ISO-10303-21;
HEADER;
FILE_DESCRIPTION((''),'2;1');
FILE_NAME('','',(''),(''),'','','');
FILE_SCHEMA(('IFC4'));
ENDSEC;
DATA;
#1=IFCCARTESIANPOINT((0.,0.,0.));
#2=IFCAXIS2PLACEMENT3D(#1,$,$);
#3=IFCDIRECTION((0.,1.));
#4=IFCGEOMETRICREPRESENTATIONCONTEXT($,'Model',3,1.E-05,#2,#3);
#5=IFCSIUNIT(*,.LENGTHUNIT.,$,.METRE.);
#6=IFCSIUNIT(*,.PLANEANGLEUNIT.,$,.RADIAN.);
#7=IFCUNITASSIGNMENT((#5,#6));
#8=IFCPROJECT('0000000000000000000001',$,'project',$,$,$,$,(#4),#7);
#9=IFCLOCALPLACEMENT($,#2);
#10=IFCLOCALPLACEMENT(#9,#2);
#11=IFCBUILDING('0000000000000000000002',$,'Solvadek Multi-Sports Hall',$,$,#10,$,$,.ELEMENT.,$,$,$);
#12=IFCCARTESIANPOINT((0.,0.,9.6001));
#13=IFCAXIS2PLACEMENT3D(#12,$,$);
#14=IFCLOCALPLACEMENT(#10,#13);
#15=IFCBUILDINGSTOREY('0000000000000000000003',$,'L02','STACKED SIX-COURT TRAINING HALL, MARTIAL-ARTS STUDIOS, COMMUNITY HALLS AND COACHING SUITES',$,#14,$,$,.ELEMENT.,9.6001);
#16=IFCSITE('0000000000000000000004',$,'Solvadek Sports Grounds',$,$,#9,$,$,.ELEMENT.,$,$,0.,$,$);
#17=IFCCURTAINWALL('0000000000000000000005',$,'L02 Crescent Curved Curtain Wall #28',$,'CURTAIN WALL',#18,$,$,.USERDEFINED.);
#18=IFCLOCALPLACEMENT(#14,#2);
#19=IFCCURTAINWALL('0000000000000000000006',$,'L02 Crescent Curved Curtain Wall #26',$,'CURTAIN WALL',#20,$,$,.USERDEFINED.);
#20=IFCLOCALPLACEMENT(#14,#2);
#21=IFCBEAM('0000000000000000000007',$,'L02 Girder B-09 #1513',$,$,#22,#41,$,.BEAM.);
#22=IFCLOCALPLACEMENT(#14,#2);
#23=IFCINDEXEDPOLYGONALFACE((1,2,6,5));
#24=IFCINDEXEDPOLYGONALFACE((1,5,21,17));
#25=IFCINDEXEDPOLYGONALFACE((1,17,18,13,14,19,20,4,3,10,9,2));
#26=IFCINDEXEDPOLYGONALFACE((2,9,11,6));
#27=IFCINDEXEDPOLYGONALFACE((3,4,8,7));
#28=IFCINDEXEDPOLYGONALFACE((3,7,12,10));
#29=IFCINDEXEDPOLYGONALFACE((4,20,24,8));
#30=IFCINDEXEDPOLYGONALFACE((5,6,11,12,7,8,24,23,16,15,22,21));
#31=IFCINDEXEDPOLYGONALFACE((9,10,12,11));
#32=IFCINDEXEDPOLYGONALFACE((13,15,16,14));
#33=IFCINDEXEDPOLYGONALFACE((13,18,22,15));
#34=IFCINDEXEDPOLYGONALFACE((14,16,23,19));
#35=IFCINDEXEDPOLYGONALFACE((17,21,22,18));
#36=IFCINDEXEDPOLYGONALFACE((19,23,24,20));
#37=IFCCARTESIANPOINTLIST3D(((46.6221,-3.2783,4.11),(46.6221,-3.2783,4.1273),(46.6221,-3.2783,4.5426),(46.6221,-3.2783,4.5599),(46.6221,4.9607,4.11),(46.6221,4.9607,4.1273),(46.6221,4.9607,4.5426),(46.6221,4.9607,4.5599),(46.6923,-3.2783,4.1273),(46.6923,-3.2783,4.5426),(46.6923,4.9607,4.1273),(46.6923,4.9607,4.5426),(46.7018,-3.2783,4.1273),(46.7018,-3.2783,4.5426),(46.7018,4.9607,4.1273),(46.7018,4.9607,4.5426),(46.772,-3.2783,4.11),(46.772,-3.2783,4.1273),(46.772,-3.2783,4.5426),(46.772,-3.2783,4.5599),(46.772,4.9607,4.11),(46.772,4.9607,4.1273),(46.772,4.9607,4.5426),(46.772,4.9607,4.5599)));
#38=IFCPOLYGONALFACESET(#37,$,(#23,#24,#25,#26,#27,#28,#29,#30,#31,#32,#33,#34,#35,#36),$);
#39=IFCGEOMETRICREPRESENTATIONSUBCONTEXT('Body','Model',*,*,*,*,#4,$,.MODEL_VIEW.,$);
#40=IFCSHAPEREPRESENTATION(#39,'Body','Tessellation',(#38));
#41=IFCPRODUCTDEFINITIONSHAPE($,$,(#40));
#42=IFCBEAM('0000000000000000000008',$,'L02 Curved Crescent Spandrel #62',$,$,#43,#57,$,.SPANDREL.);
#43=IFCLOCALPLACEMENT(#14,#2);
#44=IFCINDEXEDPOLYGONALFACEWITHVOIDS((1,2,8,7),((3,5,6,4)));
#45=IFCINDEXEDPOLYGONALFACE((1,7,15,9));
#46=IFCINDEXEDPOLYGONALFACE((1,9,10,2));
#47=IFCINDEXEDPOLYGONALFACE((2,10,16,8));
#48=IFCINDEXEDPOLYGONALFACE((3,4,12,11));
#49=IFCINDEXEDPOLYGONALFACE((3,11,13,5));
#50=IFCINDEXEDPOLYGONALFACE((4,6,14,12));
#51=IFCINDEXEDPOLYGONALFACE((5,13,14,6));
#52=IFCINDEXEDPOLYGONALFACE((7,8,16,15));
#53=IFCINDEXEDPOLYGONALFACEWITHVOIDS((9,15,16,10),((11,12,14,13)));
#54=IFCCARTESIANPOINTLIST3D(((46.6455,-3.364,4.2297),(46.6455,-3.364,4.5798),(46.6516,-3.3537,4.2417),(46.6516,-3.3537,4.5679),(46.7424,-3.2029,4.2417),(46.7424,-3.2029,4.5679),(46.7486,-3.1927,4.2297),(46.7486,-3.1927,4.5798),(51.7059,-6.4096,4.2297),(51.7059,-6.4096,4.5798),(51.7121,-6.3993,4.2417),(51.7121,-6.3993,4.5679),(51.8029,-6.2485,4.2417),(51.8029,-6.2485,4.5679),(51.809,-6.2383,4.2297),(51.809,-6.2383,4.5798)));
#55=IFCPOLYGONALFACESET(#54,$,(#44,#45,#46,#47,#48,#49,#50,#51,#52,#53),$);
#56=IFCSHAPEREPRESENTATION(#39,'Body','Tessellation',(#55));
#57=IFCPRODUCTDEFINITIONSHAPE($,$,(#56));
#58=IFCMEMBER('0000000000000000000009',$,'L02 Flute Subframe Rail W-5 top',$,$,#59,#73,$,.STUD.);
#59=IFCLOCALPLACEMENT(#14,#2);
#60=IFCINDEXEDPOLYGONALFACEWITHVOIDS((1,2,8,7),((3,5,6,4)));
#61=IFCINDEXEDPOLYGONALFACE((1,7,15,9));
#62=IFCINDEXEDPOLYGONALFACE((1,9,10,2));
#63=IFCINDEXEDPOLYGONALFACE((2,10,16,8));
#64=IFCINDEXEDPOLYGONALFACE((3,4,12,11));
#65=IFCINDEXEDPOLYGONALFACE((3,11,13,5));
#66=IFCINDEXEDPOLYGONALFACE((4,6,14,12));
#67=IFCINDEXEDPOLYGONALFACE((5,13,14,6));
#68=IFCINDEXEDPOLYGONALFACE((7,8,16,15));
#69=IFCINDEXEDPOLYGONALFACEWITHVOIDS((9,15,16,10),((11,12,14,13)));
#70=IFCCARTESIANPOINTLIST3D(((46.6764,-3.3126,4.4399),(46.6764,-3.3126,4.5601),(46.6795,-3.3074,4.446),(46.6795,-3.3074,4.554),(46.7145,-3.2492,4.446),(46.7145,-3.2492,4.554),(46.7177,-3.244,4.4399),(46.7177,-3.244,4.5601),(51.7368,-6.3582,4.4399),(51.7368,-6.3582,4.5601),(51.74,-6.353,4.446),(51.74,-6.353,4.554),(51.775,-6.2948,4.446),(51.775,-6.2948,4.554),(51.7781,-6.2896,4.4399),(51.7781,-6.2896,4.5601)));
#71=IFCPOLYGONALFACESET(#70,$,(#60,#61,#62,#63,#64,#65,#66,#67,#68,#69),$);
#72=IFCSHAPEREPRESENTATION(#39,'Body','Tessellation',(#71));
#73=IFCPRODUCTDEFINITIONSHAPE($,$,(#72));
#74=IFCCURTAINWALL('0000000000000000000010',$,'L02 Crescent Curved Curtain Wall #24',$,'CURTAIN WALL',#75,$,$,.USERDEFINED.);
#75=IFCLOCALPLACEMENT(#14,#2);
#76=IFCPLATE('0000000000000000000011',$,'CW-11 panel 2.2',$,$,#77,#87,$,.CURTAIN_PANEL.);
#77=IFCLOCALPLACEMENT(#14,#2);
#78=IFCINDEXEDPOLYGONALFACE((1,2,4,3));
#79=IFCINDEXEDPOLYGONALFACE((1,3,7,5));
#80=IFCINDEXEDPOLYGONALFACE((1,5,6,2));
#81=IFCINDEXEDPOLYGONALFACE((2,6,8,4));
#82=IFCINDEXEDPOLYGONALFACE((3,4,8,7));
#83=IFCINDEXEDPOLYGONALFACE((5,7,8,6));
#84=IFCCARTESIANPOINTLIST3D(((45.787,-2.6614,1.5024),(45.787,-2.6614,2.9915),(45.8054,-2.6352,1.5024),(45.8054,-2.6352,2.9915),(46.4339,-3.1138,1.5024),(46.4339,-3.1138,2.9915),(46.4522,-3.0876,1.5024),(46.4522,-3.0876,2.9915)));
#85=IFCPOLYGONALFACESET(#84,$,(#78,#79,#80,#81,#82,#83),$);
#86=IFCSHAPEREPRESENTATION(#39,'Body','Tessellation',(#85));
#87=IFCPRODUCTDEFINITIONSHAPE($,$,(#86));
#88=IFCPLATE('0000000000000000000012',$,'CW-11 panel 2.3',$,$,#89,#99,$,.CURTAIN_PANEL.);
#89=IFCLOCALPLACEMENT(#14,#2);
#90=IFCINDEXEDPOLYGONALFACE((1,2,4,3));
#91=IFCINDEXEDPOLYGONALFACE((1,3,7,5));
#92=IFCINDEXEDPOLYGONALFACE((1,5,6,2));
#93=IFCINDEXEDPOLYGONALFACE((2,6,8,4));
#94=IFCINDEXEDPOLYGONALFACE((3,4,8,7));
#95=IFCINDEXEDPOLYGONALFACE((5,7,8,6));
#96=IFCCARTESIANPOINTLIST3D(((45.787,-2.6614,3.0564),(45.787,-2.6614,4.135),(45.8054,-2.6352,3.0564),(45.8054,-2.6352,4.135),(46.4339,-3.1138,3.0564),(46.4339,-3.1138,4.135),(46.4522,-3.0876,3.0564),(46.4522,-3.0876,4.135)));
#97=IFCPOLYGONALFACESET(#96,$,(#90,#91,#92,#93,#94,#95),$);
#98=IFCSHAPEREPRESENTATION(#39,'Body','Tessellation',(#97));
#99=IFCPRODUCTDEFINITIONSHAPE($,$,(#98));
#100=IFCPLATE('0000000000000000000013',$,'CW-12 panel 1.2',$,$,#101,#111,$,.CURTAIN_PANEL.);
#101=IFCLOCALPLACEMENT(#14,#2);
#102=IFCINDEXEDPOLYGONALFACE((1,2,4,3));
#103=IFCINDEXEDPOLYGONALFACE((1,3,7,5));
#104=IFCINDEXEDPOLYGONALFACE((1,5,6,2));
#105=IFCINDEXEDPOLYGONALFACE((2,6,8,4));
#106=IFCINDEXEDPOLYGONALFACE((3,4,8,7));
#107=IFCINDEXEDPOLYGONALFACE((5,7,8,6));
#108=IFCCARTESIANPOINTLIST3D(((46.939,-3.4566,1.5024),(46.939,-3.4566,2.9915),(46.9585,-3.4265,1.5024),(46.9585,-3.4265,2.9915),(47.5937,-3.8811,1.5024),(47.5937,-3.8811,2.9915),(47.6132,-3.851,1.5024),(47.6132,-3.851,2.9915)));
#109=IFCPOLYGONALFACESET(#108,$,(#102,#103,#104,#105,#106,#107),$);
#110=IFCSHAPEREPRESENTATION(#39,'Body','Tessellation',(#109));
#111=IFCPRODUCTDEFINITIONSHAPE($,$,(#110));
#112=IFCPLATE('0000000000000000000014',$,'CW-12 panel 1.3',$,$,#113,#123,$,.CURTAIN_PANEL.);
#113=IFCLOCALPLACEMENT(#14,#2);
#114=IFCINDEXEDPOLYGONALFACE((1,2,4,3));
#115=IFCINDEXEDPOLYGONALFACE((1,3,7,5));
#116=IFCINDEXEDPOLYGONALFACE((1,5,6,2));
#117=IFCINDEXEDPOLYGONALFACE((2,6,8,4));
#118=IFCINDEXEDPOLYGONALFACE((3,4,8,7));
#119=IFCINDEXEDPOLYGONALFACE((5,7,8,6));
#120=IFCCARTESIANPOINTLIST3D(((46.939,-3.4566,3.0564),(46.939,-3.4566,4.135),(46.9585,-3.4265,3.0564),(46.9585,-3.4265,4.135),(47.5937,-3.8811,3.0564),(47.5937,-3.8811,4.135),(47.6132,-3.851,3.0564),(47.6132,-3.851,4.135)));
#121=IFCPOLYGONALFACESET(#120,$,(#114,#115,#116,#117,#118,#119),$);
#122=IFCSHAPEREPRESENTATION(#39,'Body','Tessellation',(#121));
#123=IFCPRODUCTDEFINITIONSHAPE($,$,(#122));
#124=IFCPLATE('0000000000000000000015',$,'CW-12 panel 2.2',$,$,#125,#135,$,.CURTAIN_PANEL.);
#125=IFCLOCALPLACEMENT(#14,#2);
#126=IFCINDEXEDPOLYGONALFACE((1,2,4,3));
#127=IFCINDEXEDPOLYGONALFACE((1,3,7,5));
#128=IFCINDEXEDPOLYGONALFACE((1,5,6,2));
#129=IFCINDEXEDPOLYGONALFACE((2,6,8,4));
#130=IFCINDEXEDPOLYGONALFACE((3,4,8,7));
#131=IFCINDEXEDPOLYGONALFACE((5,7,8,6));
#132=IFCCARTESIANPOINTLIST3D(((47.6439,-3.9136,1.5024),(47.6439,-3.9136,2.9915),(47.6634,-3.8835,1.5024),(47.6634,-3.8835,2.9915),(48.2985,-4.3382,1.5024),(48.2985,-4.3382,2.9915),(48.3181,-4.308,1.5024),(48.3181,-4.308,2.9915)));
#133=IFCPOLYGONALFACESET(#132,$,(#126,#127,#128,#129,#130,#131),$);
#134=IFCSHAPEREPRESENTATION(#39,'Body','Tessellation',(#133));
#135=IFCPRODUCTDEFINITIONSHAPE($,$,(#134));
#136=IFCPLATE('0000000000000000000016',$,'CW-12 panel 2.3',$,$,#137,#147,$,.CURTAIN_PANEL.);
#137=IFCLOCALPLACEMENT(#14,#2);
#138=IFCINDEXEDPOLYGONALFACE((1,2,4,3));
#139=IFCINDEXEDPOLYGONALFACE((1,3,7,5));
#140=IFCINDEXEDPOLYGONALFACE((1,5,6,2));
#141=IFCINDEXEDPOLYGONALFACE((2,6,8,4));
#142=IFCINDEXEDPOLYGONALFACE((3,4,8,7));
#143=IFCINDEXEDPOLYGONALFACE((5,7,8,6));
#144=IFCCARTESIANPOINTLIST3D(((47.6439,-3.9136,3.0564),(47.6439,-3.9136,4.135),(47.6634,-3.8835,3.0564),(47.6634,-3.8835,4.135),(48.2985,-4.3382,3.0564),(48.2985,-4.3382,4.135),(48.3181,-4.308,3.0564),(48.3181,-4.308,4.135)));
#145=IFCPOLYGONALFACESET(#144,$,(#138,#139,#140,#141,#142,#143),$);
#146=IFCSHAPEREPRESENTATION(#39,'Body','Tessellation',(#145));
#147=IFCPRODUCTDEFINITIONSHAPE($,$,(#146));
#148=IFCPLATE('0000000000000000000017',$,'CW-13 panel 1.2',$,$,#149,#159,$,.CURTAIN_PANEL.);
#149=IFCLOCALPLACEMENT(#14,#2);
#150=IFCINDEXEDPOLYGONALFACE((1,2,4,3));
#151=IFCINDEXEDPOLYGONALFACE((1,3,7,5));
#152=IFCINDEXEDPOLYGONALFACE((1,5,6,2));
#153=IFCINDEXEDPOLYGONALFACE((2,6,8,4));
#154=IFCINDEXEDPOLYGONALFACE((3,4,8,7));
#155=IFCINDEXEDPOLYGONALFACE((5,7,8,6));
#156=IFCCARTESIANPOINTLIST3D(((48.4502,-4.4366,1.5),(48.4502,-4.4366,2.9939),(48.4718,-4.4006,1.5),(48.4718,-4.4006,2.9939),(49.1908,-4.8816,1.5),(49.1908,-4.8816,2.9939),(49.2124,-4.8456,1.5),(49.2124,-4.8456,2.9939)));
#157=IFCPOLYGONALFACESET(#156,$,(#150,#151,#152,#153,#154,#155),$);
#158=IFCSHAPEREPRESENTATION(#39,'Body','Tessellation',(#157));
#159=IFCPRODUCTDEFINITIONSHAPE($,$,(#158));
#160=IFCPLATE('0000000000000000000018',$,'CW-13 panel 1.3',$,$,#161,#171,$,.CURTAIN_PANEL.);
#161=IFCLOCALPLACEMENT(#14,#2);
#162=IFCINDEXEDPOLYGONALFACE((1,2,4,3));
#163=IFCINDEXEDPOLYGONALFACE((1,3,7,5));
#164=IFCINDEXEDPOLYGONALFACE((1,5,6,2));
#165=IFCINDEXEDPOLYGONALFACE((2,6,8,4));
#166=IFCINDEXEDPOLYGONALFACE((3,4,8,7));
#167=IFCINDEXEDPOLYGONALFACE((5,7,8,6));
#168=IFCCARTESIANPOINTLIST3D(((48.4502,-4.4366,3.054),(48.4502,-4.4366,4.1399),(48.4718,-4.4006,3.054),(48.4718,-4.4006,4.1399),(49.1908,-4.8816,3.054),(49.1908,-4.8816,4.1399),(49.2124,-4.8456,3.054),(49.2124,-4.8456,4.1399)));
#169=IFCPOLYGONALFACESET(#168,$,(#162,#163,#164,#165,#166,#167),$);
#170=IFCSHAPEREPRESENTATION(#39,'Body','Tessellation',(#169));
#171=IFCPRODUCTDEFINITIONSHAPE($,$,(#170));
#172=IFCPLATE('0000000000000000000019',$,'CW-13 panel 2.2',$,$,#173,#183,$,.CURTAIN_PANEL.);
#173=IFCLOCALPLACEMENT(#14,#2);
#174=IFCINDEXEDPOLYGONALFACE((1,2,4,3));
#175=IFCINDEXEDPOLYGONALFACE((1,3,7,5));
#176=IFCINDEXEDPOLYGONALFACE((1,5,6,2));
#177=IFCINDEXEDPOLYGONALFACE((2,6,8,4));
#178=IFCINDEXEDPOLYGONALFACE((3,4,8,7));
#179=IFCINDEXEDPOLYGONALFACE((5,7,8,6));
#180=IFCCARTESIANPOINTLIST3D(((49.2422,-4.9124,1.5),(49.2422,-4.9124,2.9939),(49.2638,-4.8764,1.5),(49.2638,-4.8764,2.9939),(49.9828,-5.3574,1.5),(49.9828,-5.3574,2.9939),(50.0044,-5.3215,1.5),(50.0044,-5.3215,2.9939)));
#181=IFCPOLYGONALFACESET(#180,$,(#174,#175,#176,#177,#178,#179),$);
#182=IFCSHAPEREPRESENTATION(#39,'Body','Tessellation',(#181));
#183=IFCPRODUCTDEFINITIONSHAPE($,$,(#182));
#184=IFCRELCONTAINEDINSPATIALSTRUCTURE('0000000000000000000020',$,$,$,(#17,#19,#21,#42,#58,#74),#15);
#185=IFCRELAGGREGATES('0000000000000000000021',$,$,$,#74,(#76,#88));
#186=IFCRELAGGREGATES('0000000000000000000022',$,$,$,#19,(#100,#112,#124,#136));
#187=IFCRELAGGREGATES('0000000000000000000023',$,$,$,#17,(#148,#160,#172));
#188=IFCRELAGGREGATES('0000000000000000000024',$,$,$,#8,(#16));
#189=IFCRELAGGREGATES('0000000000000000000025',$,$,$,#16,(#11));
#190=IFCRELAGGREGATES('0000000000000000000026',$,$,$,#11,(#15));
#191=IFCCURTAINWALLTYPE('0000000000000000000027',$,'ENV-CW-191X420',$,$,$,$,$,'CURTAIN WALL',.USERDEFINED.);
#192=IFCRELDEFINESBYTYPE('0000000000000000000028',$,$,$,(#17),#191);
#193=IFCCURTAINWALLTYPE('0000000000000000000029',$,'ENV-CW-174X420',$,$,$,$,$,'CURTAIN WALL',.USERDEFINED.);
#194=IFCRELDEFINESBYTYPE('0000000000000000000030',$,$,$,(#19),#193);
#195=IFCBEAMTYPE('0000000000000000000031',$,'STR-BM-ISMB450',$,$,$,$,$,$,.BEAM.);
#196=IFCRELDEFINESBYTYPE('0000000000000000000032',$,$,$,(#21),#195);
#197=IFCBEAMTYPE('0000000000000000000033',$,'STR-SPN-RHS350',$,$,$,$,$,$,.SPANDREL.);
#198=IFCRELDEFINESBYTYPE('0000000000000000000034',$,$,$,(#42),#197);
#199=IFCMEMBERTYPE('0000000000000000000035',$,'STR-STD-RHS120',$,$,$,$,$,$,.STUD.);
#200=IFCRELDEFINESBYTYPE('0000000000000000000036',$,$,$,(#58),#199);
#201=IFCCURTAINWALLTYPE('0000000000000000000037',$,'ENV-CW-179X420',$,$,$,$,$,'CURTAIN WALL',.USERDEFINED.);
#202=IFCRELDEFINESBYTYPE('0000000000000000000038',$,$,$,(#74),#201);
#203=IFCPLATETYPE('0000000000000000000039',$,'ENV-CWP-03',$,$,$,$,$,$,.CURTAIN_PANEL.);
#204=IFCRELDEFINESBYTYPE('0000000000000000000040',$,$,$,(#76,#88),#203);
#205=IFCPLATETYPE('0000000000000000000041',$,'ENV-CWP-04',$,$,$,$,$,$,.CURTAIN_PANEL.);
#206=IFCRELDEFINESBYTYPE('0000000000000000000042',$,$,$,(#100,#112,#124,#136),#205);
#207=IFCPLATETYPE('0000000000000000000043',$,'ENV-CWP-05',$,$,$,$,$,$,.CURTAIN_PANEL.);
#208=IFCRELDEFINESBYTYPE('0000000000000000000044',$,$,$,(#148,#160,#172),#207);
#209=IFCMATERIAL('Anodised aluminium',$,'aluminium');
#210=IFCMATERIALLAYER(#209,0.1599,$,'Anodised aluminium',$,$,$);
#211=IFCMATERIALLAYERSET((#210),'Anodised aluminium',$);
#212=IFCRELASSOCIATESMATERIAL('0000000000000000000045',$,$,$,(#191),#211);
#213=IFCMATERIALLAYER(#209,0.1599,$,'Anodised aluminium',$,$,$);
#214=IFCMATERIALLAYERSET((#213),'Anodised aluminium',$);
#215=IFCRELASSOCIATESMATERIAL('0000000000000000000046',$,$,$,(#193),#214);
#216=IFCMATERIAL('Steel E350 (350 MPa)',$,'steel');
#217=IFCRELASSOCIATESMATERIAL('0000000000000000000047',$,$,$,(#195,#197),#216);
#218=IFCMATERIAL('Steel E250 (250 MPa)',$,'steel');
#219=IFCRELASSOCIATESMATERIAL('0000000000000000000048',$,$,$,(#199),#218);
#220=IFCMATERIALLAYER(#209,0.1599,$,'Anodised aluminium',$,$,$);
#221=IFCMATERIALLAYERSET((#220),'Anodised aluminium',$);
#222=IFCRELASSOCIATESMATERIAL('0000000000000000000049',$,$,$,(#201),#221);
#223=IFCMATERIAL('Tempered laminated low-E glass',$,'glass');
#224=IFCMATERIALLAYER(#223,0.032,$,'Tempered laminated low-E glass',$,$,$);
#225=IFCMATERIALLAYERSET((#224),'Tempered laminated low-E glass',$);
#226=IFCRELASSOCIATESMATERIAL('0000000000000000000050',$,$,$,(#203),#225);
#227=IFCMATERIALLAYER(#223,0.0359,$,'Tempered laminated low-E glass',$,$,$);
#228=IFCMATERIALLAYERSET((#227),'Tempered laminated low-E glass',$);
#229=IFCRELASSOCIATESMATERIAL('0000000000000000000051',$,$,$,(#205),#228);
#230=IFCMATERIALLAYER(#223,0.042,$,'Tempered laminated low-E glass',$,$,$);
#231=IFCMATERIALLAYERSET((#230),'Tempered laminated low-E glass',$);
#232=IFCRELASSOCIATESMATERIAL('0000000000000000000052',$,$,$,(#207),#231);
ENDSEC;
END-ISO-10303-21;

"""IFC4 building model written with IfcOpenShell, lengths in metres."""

from ifc_helpers import new_model, si_unit, direction, frame, origin, origin_2d, place, context, subcontext, project, spatial, rectangle, hollow_rectangle, i_section, extrude, material, layer, layer_set, material_profile, profile_set, type_object, element, aggregate, save


model = new_model("IFC4")

# Units and contexts
model_context = context("Model", 3, precision=1e-05, world=origin(), true_north=direction((0.0, 1.0)))
body_context = subcontext(model_context, "Body", "Model", "MODEL_VIEW")
ifc_project = project(units=[si_unit("LENGTHUNIT", "METRE"), si_unit("PLANEANGLEUNIT", "RADIAN")], contexts=[model_context])

# Site, building, storey
site_placement = place(None, origin())
site = spatial("IfcSite", under=ifc_project, at=site_placement, Name="Solvadek Sports Grounds", CompositionType="ELEMENT", RefElevation=0.0)
building_placement = place(site_placement, origin())
building = spatial("IfcBuilding", under=site, at=building_placement, Name="Solvadek Multi-Sports Hall", CompositionType="ELEMENT")
storey_placement = place(building_placement, frame((0.0, 0.0, 9.6001)))
storey = spatial("IfcBuildingStorey", under=building, at=storey_placement, Name="L02", Description="STACKED SIX-COURT TRAINING HALL, MARTIAL-ARTS STUDIOS, COMMUNITY HALLS AND COACHING SUITES", CompositionType="ELEMENT", Elevation=9.6001)

# Curtain walls
ifc_material_1 = material(Name="Anodised aluminium", Category="aluminium")
ifc_layer_1 = layer(ifc_material_1, 0.1599, Name="Anodised aluminium")
ifc_layer_set_1 = layer_set([ifc_layer_1], Name="Anodised aluminium")
curtain_wall_type_1 = type_object("IfcCurtainWallType", Name="ENV-CW-191X420", ElementType="CURTAIN WALL", PredefinedType="USERDEFINED", material=ifc_layer_set_1)
curtain_wall_1_placement = place(storey_placement, origin())
curtain_wall_1 = element("IfcCurtainWall", 1, at=curtain_wall_1_placement, inside=storey, type_object=curtain_wall_type_1, Name="L02 Crescent Curved Curtain Wall #28", ObjectType="CURTAIN WALL", PredefinedType="USERDEFINED")
ifc_layer_2 = layer(ifc_material_1, 0.1599, Name="Anodised aluminium")
ifc_layer_set_2 = layer_set([ifc_layer_2], Name="Anodised aluminium")
curtain_wall_type_2 = type_object("IfcCurtainWallType", Name="ENV-CW-174X420", ElementType="CURTAIN WALL", PredefinedType="USERDEFINED", material=ifc_layer_set_2)
curtain_wall_2_placement = place(storey_placement, origin())
curtain_wall_2 = element("IfcCurtainWall", 2, at=curtain_wall_2_placement, inside=storey, type_object=curtain_wall_type_2, Name="L02 Crescent Curved Curtain Wall #26", ObjectType="CURTAIN WALL", PredefinedType="USERDEFINED")

# Beams
ifc_material_2 = material(Name="Steel E350 (350 MPa)", Category="steel")
ifc_material_profile_1 = material_profile(ifc_material_2, i_section(OverallWidth=0.1499, OverallDepth=0.45, WebThickness=0.0095, FlangeThickness=0.0173, at=origin_2d()), Name="ISMB 450")
ifc_profile_set_1 = profile_set([ifc_material_profile_1], Name="Steel E350 (350 MPa)")
beam_type_1 = type_object("IfcBeamType", Name="STR-BM-ISMB450", PredefinedType="BEAM", material=ifc_profile_set_1)
beam_1_placement = place(storey_placement, frame((46.697, -3.2783, 4.335), z_axis=(0.0, 1.0, 0.0), x_axis=(-1.0, 0.0, 0.0)))
element("IfcBeam", 3, at=beam_1_placement, inside=storey, type_object=beam_type_1, Name="L02 Girder B-09 #1513", PredefinedType="BEAM", context=body_context, shape_type="SweptSolid", body=[
    extrude(i_section(OverallWidth=0.1499, OverallDepth=0.45, WebThickness=0.0095, FlangeThickness=0.0173, at=origin_2d()), origin(), (0.0, 0.0, 1.0), 8.239),
])
ifc_material_profile_2 = material_profile(ifc_material_2, hollow_rectangle(XDim=0.2, YDim=0.3501, WallThickness=0.012, at=origin_2d()), Name="RHS 350x200x12")
ifc_profile_set_2 = profile_set([ifc_material_profile_2], Name="Steel E350 (350 MPa)")
beam_type_2 = type_object("IfcBeamType", Name="STR-SPN-RHS350", PredefinedType="SPANDREL", material=ifc_profile_set_2)
beam_2_placement = place(storey_placement, frame((46.697, -3.2783, 4.4048), z_axis=(0.856796, -0.515656, 0.0), x_axis=(0.515656, 0.856796, 0.0)))
element("IfcBeam", 4, at=beam_2_placement, inside=storey, type_object=beam_type_2, Name="L02 Curved Crescent Spandrel #62", PredefinedType="SPANDREL", context=body_context, shape_type="SweptSolid", body=[
    extrude(hollow_rectangle(XDim=0.2, YDim=0.3501, WallThickness=0.012, at=origin_2d()), origin(), (0.0, 0.0, 1.0), 5.9062),
])

# Member
ifc_material_3 = material(Name="Steel E250 (250 MPa)", Category="steel")
ifc_material_profile_3 = material_profile(ifc_material_3, hollow_rectangle(XDim=0.0801, YDim=0.1201, WallThickness=0.0061, at=origin_2d()), Name="RHS 120x80x6")
ifc_profile_set_3 = profile_set([ifc_material_profile_3], Name="Steel E250 (250 MPa)")
member_type_1 = type_object("IfcMemberType", Name="STR-STD-RHS120", PredefinedType="STUD", material=ifc_profile_set_3)
member_1_placement = place(storey_placement, frame((46.697, -3.2783, 4.5), z_axis=(0.856796, -0.515656, 0.0), x_axis=(0.515656, 0.856796, 0.0)))
element("IfcMember", 5, at=member_1_placement, inside=storey, type_object=member_type_1, Name="L02 Flute Subframe Rail W-5 top", PredefinedType="STUD", context=body_context, shape_type="SweptSolid", body=[
    extrude(hollow_rectangle(XDim=0.0801, YDim=0.1201, WallThickness=0.0061, at=origin_2d()), origin(), (0.0, 0.0, 1.0), 5.9062),
])

# Curtain wall, plates
ifc_layer_3 = layer(ifc_material_1, 0.1599, Name="Anodised aluminium")
ifc_layer_set_3 = layer_set([ifc_layer_3], Name="Anodised aluminium")
curtain_wall_type_3 = type_object("IfcCurtainWallType", Name="ENV-CW-179X420", ElementType="CURTAIN WALL", PredefinedType="USERDEFINED", material=ifc_layer_set_3)
curtain_wall_3_placement = place(storey_placement, origin())
curtain_wall_3 = element("IfcCurtainWall", 6, at=curtain_wall_3_placement, inside=storey, type_object=curtain_wall_type_3, Name="L02 Crescent Curved Curtain Wall #24", ObjectType="CURTAIN WALL", PredefinedType="USERDEFINED")
ifc_material_4 = material(Name="Tempered laminated low-E glass", Category="glass")
ifc_layer_4 = layer(ifc_material_4, 0.032, Name="Tempered laminated low-E glass")
ifc_layer_set_4 = layer_set([ifc_layer_4], Name="Tempered laminated low-E glass")
plate_type_1 = type_object("IfcPlateType", Name="ENV-CWP-03", PredefinedType="CURTAIN_PANEL", material=ifc_layer_set_4)
plate_1_placement = place(storey_placement, frame((46.1196, -2.8745, 1.5024), z_axis=(0.0, 0.0, 1.0), x_axis=(0.8195, -0.57308, 0.0)))
plate_1 = element("IfcPlate", 7, at=plate_1_placement, type_object=plate_type_1, Name="CW-11 panel 2.2", PredefinedType="CURTAIN_PANEL", context=body_context, shape_type="SweptSolid", body=[
    extrude(rectangle(XDim=0.7893, YDim=0.032, at=origin_2d()), origin(), (0.0, 0.0, 1.0), 1.489),
])
plate_2_placement = place(storey_placement, frame((46.1196, -2.8745, 3.0564), z_axis=(0.0, 0.0, 1.0), x_axis=(0.8195, -0.57308, 0.0)))
plate_2 = element("IfcPlate", 8, at=plate_2_placement, type_object=plate_type_1, Name="CW-11 panel 2.3", PredefinedType="CURTAIN_PANEL", context=body_context, shape_type="SweptSolid", body=[
    extrude(rectangle(XDim=0.7893, YDim=0.032, at=origin_2d()), origin(), (0.0, 0.0, 1.0), 1.0786),
])
aggregate(curtain_wall_3, [plate_1, plate_2])

# Plates
ifc_layer_5 = layer(ifc_material_4, 0.0359, Name="Tempered laminated low-E glass")
ifc_layer_set_5 = layer_set([ifc_layer_5], Name="Tempered laminated low-E glass")
plate_type_2 = type_object("IfcPlateType", Name="ENV-CWP-04", PredefinedType="CURTAIN_PANEL", material=ifc_layer_set_5)
plate_3_placement = place(storey_placement, frame((47.2761, -3.6538, 1.5024), z_axis=(0.0, 0.0, 1.0), x_axis=(0.839046, -0.544061, 0.0)))
plate_3 = element("IfcPlate", 9, at=plate_3_placement, type_object=plate_type_2, Name="CW-12 panel 1.2", PredefinedType="CURTAIN_PANEL", context=body_context, shape_type="SweptSolid", body=[
    extrude(rectangle(XDim=0.7803, YDim=0.0359, at=origin_2d()), origin(), (0.0, 0.0, 1.0), 1.489),
])
plate_4_placement = place(storey_placement, frame((47.2761, -3.6538, 3.0564), z_axis=(0.0, 0.0, 1.0), x_axis=(0.839046, -0.544061, 0.0)))
plate_4 = element("IfcPlate", 10, at=plate_4_placement, type_object=plate_type_2, Name="CW-12 panel 1.3", PredefinedType="CURTAIN_PANEL", context=body_context, shape_type="SweptSolid", body=[
    extrude(rectangle(XDim=0.7803, YDim=0.0359, at=origin_2d()), origin(), (0.0, 0.0, 1.0), 1.0786),
])
plate_5_placement = place(storey_placement, frame((47.981, -4.1108, 1.5024), z_axis=(0.0, 0.0, 1.0), x_axis=(0.839046, -0.544061, 0.0)))
plate_5 = element("IfcPlate", 11, at=plate_5_placement, type_object=plate_type_2, Name="CW-12 panel 2.2", PredefinedType="CURTAIN_PANEL", context=body_context, shape_type="SweptSolid", body=[
    extrude(rectangle(XDim=0.7803, YDim=0.0359, at=origin_2d()), origin(), (0.0, 0.0, 1.0), 1.489),
])
plate_6_placement = place(storey_placement, frame((47.981, -4.1108, 3.0564), z_axis=(0.0, 0.0, 1.0), x_axis=(0.839046, -0.544061, 0.0)))
plate_6 = element("IfcPlate", 12, at=plate_6_placement, type_object=plate_type_2, Name="CW-12 panel 2.3", PredefinedType="CURTAIN_PANEL", context=body_context, shape_type="SweptSolid", body=[
    extrude(rectangle(XDim=0.7803, YDim=0.0359, at=origin_2d()), origin(), (0.0, 0.0, 1.0), 1.0786),
])
aggregate(curtain_wall_2, [plate_3, plate_4, plate_5, plate_6])
ifc_layer_6 = layer(ifc_material_4, 0.042, Name="Tempered laminated low-E glass")
ifc_layer_set_6 = layer_set([ifc_layer_6], Name="Tempered laminated low-E glass")
plate_type_3 = type_object("IfcPlateType", Name="ENV-CWP-05", PredefinedType="CURTAIN_PANEL", material=ifc_layer_set_6)
plate_7_placement = place(storey_placement, frame((48.8313, -4.6411, 1.5), z_axis=(0.0, 0.0, 1.0), x_axis=(0.857155, -0.515058, 0.0)))
plate_7 = element("IfcPlate", 13, at=plate_7_placement, type_object=plate_type_3, Name="CW-13 panel 1.2", PredefinedType="CURTAIN_PANEL", context=body_context, shape_type="SweptSolid", body=[
    extrude(rectangle(XDim=0.864, YDim=0.042, at=origin_2d()), origin(), (0.0, 0.0, 1.0), 1.4939),
])
plate_8_placement = place(storey_placement, frame((48.8313, -4.6411, 3.054), z_axis=(0.0, 0.0, 1.0), x_axis=(0.857155, -0.515058, 0.0)))
plate_8 = element("IfcPlate", 14, at=plate_8_placement, type_object=plate_type_3, Name="CW-13 panel 1.3", PredefinedType="CURTAIN_PANEL", context=body_context, shape_type="SweptSolid", body=[
    extrude(rectangle(XDim=0.864, YDim=0.042, at=origin_2d()), origin(), (0.0, 0.0, 1.0), 1.0859),
])
plate_9_placement = place(storey_placement, frame((49.6233, -5.1169, 1.5), z_axis=(0.0, 0.0, 1.0), x_axis=(0.857155, -0.515058, 0.0)))
plate_9 = element("IfcPlate", 15, at=plate_9_placement, type_object=plate_type_3, Name="CW-13 panel 2.2", PredefinedType="CURTAIN_PANEL", context=body_context, shape_type="SweptSolid", body=[
    extrude(rectangle(XDim=0.864, YDim=0.042, at=origin_2d()), origin(), (0.0, 0.0, 1.0), 1.4939),
])
aggregate(curtain_wall_1, [plate_7, plate_8, plate_9])

save(model, "model.ifc")
